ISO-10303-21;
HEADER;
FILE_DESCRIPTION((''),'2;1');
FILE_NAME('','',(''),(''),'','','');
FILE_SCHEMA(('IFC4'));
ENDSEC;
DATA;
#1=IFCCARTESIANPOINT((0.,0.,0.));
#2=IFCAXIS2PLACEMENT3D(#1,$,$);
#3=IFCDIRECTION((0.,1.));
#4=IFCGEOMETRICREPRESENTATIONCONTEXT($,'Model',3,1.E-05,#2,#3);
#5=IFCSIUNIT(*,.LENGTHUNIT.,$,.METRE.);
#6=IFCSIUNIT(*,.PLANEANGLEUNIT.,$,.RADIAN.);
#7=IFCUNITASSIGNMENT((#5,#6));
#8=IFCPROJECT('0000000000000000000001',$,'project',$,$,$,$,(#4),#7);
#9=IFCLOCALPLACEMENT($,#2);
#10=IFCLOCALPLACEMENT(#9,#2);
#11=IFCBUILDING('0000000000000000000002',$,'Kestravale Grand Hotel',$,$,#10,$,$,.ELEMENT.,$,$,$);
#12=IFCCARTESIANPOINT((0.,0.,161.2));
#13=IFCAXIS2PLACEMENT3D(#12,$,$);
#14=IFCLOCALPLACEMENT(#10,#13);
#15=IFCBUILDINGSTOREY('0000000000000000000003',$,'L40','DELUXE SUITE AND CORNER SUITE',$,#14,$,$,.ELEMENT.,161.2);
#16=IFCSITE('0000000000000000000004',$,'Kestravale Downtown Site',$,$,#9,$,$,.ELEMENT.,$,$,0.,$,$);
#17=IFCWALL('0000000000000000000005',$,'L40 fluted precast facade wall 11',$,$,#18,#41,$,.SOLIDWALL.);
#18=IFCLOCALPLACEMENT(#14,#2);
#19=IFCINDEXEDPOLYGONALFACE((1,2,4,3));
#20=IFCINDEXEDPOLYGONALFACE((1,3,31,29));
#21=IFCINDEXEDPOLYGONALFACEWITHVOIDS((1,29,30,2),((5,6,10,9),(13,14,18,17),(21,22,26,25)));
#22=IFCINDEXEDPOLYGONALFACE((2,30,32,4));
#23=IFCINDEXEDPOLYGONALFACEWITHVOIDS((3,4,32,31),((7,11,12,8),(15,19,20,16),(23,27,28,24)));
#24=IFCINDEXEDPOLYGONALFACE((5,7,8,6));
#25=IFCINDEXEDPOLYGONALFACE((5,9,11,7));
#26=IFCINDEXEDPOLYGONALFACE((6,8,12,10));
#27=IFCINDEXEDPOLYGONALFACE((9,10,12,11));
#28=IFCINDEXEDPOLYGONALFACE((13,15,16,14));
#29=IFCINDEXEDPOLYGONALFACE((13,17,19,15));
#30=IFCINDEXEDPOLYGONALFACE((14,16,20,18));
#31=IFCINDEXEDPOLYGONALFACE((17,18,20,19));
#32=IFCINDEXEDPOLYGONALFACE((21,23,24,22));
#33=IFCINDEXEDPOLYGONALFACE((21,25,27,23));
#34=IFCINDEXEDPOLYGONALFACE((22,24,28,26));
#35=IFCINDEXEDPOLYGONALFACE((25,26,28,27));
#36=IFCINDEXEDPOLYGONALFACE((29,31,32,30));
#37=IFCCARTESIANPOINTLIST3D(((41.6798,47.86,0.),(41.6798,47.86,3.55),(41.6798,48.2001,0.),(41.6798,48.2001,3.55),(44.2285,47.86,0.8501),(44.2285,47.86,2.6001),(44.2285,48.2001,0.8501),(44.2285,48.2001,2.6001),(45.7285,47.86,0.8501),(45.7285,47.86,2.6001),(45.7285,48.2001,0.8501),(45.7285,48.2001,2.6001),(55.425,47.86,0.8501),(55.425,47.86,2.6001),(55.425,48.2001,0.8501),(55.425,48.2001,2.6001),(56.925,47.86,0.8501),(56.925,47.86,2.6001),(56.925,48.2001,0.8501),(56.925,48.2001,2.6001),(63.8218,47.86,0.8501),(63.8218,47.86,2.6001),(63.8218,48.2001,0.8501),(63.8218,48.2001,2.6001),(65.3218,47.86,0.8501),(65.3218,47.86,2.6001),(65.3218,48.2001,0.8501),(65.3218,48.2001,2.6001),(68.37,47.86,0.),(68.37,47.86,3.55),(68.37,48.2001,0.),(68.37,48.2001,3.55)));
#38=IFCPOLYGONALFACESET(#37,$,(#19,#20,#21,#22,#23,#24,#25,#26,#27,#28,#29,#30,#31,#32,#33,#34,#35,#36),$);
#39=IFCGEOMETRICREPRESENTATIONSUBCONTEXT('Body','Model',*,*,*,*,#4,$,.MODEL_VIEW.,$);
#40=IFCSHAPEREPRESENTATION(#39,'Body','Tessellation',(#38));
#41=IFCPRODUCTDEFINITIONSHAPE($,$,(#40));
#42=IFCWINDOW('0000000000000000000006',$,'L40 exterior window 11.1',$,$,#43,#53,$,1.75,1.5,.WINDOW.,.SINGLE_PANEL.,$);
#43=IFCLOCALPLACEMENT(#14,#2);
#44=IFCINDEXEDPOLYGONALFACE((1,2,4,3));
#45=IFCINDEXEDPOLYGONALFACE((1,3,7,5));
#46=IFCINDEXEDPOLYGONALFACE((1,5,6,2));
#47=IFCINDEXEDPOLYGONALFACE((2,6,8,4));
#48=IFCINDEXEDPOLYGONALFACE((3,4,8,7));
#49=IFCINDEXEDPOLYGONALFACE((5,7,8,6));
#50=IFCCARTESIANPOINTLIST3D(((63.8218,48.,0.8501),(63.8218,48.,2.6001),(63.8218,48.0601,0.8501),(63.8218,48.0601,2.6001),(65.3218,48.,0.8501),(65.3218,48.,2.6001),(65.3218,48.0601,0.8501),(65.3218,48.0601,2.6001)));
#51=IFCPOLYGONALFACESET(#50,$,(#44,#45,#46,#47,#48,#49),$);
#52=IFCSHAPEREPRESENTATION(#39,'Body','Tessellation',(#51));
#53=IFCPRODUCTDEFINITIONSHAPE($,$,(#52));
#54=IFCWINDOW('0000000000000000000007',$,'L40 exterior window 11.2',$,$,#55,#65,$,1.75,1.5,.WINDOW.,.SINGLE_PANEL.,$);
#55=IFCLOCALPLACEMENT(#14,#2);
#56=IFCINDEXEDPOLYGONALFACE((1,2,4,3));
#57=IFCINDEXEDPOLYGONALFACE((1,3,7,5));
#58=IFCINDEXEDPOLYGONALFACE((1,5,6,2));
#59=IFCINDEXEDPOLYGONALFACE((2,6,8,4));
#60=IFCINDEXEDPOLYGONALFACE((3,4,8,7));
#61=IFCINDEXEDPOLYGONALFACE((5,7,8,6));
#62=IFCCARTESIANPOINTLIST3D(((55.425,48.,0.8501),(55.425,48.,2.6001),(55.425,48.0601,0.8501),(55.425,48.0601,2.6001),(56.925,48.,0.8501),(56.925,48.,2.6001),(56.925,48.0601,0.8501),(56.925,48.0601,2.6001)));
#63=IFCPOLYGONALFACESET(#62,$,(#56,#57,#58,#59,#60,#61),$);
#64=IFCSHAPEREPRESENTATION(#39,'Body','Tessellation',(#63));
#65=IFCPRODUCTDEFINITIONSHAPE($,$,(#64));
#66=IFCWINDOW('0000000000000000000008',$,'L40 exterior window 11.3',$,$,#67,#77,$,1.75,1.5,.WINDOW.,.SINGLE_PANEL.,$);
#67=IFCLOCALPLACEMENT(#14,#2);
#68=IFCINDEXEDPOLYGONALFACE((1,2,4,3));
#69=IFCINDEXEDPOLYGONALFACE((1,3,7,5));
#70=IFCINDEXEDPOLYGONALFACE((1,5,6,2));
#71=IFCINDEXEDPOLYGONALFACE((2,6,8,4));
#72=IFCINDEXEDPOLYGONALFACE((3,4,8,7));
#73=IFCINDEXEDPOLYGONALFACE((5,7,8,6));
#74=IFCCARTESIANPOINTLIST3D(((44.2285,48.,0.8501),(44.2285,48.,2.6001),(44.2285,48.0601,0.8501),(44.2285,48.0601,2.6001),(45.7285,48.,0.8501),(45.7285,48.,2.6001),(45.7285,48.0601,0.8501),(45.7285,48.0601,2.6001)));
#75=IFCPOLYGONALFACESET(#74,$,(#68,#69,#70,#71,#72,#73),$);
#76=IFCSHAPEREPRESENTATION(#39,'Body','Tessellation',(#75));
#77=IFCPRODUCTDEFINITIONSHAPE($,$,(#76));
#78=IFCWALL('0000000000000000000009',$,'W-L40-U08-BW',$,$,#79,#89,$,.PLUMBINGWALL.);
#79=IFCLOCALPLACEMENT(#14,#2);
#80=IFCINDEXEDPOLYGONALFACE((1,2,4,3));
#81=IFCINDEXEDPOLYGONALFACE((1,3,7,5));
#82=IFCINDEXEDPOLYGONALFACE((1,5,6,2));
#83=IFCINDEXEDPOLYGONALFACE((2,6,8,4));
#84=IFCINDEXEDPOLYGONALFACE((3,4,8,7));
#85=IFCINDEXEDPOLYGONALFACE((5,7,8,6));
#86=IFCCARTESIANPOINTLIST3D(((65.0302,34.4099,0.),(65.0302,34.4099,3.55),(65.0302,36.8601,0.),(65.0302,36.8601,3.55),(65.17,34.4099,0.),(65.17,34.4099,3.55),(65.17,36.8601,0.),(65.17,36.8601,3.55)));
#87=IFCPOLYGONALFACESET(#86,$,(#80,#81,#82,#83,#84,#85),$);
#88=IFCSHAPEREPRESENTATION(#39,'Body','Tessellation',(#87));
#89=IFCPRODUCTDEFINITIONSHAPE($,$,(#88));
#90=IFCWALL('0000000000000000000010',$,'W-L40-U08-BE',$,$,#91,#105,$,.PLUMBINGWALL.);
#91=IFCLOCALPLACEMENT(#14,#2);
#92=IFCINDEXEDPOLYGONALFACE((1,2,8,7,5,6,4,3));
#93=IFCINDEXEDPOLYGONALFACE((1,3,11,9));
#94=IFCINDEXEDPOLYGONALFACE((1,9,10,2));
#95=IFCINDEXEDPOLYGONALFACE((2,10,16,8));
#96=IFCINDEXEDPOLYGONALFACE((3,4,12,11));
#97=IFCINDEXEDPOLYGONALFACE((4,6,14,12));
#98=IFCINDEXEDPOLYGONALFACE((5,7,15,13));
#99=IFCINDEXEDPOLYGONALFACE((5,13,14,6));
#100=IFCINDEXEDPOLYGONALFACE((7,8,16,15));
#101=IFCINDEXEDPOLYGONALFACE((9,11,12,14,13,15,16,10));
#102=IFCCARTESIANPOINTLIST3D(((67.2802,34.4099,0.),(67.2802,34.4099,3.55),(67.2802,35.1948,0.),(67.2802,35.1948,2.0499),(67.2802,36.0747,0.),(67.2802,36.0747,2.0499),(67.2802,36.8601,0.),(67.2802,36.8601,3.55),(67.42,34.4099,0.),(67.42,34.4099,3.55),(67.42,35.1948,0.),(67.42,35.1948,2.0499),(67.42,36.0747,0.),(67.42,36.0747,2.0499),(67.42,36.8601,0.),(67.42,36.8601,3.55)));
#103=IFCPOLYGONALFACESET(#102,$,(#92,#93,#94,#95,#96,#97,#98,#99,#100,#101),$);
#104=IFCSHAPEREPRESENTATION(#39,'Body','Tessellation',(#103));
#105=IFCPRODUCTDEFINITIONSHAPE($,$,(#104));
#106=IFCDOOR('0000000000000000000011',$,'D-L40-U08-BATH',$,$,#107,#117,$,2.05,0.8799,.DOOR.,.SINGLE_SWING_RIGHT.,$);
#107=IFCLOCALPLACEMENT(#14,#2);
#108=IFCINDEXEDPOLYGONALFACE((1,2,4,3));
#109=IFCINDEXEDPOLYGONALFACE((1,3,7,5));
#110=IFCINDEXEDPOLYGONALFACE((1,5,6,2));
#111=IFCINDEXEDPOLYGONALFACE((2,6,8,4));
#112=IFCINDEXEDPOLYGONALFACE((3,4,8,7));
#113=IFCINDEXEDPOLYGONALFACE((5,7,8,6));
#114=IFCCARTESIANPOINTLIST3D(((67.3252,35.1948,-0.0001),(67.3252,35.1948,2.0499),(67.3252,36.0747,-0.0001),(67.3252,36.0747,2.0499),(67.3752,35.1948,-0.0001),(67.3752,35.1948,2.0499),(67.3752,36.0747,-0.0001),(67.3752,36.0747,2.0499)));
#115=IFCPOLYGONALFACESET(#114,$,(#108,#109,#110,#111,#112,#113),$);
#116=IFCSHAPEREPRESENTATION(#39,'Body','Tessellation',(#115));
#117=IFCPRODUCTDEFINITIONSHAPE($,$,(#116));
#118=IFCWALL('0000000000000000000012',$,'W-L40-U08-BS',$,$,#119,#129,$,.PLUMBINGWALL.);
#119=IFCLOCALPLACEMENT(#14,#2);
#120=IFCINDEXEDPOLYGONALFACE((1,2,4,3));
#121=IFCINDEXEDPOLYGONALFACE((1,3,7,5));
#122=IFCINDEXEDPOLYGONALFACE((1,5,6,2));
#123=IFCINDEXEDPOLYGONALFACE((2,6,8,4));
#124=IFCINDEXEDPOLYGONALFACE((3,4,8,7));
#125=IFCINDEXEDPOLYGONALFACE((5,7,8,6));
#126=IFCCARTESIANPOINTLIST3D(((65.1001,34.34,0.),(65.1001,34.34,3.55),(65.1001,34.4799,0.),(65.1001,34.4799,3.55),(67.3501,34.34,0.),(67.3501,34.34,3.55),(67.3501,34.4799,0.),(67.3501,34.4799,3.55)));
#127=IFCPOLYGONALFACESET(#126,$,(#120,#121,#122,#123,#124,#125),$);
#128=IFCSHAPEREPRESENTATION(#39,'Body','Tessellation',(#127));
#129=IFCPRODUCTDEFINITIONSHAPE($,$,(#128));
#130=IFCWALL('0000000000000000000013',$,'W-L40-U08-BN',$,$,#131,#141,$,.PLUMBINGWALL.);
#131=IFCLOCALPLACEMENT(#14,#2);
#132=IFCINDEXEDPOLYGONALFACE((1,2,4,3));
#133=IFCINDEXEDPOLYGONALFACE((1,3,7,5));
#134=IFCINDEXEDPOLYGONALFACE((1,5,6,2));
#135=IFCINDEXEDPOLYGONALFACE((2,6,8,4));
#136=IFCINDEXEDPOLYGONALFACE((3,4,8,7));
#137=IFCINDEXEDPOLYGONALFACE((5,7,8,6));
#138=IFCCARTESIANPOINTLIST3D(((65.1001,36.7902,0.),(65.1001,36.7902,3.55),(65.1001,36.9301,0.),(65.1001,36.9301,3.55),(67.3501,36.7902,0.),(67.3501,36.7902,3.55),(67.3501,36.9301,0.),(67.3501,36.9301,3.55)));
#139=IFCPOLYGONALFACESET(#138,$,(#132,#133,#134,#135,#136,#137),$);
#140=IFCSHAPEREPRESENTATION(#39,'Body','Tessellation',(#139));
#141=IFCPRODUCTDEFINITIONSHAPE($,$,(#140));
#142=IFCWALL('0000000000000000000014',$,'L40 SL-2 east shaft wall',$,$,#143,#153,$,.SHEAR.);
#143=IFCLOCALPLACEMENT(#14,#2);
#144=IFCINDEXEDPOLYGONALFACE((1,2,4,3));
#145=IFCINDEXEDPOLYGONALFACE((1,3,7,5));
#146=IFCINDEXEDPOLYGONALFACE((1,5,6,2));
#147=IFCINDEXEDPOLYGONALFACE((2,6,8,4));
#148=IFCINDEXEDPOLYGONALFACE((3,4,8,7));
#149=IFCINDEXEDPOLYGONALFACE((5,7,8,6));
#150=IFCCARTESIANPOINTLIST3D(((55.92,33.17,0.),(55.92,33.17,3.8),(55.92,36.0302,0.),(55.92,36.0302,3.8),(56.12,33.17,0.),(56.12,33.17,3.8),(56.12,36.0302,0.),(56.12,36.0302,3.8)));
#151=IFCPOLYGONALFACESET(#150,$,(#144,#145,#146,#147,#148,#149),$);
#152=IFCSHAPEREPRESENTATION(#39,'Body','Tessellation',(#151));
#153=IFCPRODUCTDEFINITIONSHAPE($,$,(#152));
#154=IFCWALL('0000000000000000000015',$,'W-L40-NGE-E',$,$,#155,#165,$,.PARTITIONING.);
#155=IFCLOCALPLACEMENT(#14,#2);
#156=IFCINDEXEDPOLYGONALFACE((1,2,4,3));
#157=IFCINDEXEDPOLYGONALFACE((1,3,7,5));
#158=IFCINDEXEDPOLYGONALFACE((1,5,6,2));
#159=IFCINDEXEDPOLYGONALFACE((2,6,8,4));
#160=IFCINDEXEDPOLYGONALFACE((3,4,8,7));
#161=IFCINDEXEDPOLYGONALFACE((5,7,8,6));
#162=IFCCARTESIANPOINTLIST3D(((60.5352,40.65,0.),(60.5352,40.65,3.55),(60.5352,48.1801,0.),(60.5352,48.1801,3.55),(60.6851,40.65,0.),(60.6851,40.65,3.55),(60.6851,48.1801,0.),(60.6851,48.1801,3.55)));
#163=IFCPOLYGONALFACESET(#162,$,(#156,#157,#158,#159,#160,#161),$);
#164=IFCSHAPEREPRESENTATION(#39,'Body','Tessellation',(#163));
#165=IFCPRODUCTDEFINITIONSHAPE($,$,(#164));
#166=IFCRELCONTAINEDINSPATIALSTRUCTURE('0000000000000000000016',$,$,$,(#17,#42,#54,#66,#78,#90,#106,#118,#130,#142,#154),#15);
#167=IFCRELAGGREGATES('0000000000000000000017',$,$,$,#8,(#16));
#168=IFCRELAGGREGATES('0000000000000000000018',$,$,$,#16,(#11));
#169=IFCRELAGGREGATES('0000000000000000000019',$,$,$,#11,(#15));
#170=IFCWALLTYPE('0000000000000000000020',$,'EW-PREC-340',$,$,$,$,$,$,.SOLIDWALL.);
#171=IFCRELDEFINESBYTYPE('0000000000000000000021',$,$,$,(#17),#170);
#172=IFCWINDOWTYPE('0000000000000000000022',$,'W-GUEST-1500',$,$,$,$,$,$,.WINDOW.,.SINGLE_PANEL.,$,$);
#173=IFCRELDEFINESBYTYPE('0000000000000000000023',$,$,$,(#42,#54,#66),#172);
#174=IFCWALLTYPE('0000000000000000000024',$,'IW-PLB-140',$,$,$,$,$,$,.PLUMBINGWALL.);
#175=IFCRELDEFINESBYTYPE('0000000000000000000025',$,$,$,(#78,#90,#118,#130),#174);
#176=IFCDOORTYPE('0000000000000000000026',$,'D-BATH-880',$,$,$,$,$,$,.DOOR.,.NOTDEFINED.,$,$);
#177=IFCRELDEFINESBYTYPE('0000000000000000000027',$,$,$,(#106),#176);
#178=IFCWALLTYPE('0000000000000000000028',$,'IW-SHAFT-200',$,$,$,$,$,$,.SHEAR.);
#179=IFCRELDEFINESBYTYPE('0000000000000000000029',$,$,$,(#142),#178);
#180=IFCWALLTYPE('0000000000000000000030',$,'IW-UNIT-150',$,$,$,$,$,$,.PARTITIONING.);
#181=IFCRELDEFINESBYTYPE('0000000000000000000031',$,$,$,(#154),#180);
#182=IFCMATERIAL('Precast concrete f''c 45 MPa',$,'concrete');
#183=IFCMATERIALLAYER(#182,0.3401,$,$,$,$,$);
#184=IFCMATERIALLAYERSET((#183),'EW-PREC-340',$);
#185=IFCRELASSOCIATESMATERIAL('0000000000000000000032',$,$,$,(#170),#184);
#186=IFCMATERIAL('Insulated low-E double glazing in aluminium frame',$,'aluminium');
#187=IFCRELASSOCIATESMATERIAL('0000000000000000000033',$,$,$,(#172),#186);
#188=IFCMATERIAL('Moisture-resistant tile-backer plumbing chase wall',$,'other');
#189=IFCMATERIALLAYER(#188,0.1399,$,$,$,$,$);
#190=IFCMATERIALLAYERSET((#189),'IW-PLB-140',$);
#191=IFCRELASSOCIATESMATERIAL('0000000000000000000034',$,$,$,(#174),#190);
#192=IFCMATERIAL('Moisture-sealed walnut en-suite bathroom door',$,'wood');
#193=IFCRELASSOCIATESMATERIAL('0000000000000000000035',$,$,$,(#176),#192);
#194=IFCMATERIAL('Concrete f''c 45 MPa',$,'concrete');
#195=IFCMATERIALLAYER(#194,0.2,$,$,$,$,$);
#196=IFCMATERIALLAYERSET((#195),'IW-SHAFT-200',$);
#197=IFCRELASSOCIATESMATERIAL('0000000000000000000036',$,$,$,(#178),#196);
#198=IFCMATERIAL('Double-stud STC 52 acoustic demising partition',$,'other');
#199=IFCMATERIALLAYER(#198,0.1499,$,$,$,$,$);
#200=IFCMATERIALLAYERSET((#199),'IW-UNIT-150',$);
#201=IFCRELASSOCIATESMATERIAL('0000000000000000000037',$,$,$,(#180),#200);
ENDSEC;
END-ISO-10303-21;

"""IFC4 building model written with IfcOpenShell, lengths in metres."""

from ifc_helpers import new_model, si_unit, direction, frame, frame_2d, origin, place, context, subcontext, project, spatial, rectangle, extrude, material, layer, layer_set, type_object, element, fill, save


model = new_model("IFC4")

# Units and contexts
model_context = context("Model", 3, precision=1e-05, world=origin(), true_north=direction((0.0, 1.0)))
body_context = subcontext(model_context, "Body", "Model", "MODEL_VIEW")
ifc_project = project(units=[si_unit("LENGTHUNIT", "METRE"), si_unit("PLANEANGLEUNIT", "RADIAN")], contexts=[model_context])

# Site, building, storey
site_placement = place(None, origin())
site = spatial("IfcSite", under=ifc_project, at=site_placement, Name="Kestravale Downtown Site", CompositionType="ELEMENT", RefElevation=0.0)
building_placement = place(site_placement, origin())
building = spatial("IfcBuilding", under=site, at=building_placement, Name="Kestravale Grand Hotel", CompositionType="ELEMENT")
storey_placement = place(building_placement, frame((0.0, 0.0, 161.2)))
storey = spatial("IfcBuildingStorey", under=building, at=storey_placement, Name="L40", Description="DELUXE SUITE AND CORNER SUITE", CompositionType="ELEMENT", Elevation=161.2)

# Shared definitions
ifc_material_1 = material(Name="Precast concrete f'c 45 MPa", Category="concrete")
ifc_layer_1 = layer(ifc_material_1, 0.3401)
ifc_layer_set_1 = layer_set([ifc_layer_1], Name="EW-PREC-340")
wall_type_1 = type_object("IfcWallType", Name="EW-PREC-340", PredefinedType="SOLIDWALL", material=ifc_layer_set_1)
ifc_material_2 = material(Name="Insulated low-E double glazing in aluminium frame", Category="aluminium")
window_type = type_object("IfcWindowType", Name="W-GUEST-1500", PartitioningType="SINGLE_PANEL", PredefinedType="WINDOW", material=ifc_material_2)

# Wall, openings, windows
wall_1_placement = place(storey_placement, frame((68.3701, 48.03, 0.0), z_axis=(0.0, 0.0, 1.0), x_axis=(-1.0, 0.0, 0.0)))
wall_1 = element("IfcWall", 1, at=wall_1_placement, inside=storey, type_object=wall_type_1, Name="L40 fluted precast facade wall 11", PredefinedType="SOLIDWALL", context=body_context, shape_type="SweptSolid", body=[
    extrude(rectangle(XDim=26.6902, YDim=0.3401, at=frame_2d((13.3452, 0.0))), origin(), (0.0, 0.0, 1.0), 3.55),
])
opening_1_placement = place(wall_1_placement, frame((3.0483, 0.0, 0.8501)))
opening_1 = element("IfcOpeningElement", 2, at=opening_1_placement, cuts=wall_1, PredefinedType="OPENING", context=body_context, shape_type="SweptSolid", body=[
    extrude(rectangle(XDim=1.5, YDim=1.75, at=frame_2d((0.75, 0.875))), frame((0.0, 0.1799, 0.0), z_axis=(0.0, -1.0, 0.0), x_axis=(1.0, 0.0, 0.0)), (0.0, 0.0, 1.0), 0.3601),
])
opening_2_placement = place(wall_1_placement, frame((11.4451, 0.0, 0.8501)))
opening_2 = element("IfcOpeningElement", 3, at=opening_2_placement, cuts=wall_1, PredefinedType="OPENING", context=body_context, shape_type="SweptSolid", body=[
    extrude(rectangle(XDim=1.5, YDim=1.75, at=frame_2d((0.75, 0.875))), frame((0.0, 0.1799, 0.0), z_axis=(0.0, -1.0, 0.0), x_axis=(1.0, 0.0, 0.0)), (0.0, 0.0, 1.0), 0.3601),
])
opening_3_placement = place(wall_1_placement, frame((22.6416, 0.0, 0.8501)))
opening_3 = element("IfcOpeningElement", 4, at=opening_3_placement, cuts=wall_1, PredefinedType="OPENING", context=body_context, shape_type="SweptSolid", body=[
    extrude(rectangle(XDim=1.5, YDim=1.75, at=frame_2d((0.75, 0.875))), frame((0.0, 0.1799, 0.0), z_axis=(0.0, -1.0, 0.0), x_axis=(1.0, 0.0, 0.0)), (0.0, 0.0, 1.0), 0.3601),
])
window_1_placement = place(opening_1_placement, origin())
window_1 = element("IfcWindow", 5, at=window_1_placement, inside=storey, type_object=window_type, Name="L40 exterior window 11.1", OverallHeight=1.75, OverallWidth=1.5, PartitioningType="SINGLE_PANEL", PredefinedType="WINDOW", context=body_context, shape_type="SweptSolid", body=[
    extrude(rectangle(XDim=1.5, YDim=1.75, at=frame_2d((0.75, 0.875))), frame((0.0, 0.03, 0.0), z_axis=(0.0, -1.0, 0.0), x_axis=(1.0, 0.0, 0.0)), (0.0, 0.0, 1.0), 0.0601),
])
fill(opening_1, window_1)
window_2_placement = place(opening_2_placement, origin())
window_2 = element("IfcWindow", 6, at=window_2_placement, inside=storey, type_object=window_type, Name="L40 exterior window 11.2", OverallHeight=1.75, OverallWidth=1.5, PartitioningType="SINGLE_PANEL", PredefinedType="WINDOW", context=body_context, shape_type="SweptSolid", body=[
    extrude(rectangle(XDim=1.5, YDim=1.75, at=frame_2d((0.75, 0.875))), frame((0.0, 0.03, 0.0), z_axis=(0.0, -1.0, 0.0), x_axis=(1.0, 0.0, 0.0)), (0.0, 0.0, 1.0), 0.0601),
])
fill(opening_2, window_2)
window_3_placement = place(opening_3_placement, origin())
window_3 = element("IfcWindow", 7, at=window_3_placement, inside=storey, type_object=window_type, Name="L40 exterior window 11.3", OverallHeight=1.75, OverallWidth=1.5, PartitioningType="SINGLE_PANEL", PredefinedType="WINDOW", context=body_context, shape_type="SweptSolid", body=[
    extrude(rectangle(XDim=1.5, YDim=1.75, at=frame_2d((0.75, 0.875))), frame((0.0, 0.03, 0.0), z_axis=(0.0, -1.0, 0.0), x_axis=(1.0, 0.0, 0.0)), (0.0, 0.0, 1.0), 0.0601),
])
fill(opening_3, window_3)

# Wall
ifc_material_3 = material(Name="Moisture-resistant tile-backer plumbing chase wall", Category="other")
ifc_layer_2 = layer(ifc_material_3, 0.1399)
ifc_layer_set_2 = layer_set([ifc_layer_2], Name="IW-PLB-140")
wall_type_2 = type_object("IfcWallType", Name="IW-PLB-140", PredefinedType="PLUMBINGWALL", material=ifc_layer_set_2)
wall_2_placement = place(storey_placement, frame((65.1001, 34.4099, 0.0), z_axis=(0.0, 0.0, 1.0), x_axis=(0.0, 1.0, 0.0)))
element("IfcWall", 8, at=wall_2_placement, inside=storey, type_object=wall_type_2, Name="W-L40-U08-BW", PredefinedType="PLUMBINGWALL", context=body_context, shape_type="SweptSolid", body=[
    extrude(rectangle(XDim=2.4502, YDim=0.1399, at=frame_2d((1.2251, 0.0))), origin(), (0.0, 0.0, 1.0), 3.55),
])

# Wall, opening, door
wall_3_placement = place(storey_placement, frame((67.3501, 34.4099, 0.0), z_axis=(0.0, 0.0, 1.0), x_axis=(0.0, 1.0, 0.0)))
wall_3 = element("IfcWall", 9, at=wall_3_placement, inside=storey, type_object=wall_type_2, Name="W-L40-U08-BE", PredefinedType="PLUMBINGWALL", context=body_context, shape_type="SweptSolid", body=[
    extrude(rectangle(XDim=2.4502, YDim=0.1399, at=frame_2d((1.2251, 0.0))), origin(), (0.0, 0.0, 1.0), 3.55),
])
opening_4_placement = place(wall_3_placement, frame((0.7849, 0.0, 0.0)))
opening_4 = element("IfcOpeningElement", 10, at=opening_4_placement, cuts=wall_3, PredefinedType="OPENING", context=body_context, shape_type="SweptSolid", body=[
    extrude(rectangle(XDim=0.8799, YDim=2.05, at=frame_2d((0.4399, 1.0249))), frame((0.0, 0.0798, 0.0), z_axis=(0.0, -1.0, 0.0), x_axis=(1.0, 0.0, 0.0)), (0.0, 0.0, 1.0), 0.1599),
])
ifc_material_4 = material(Name="Moisture-sealed walnut en-suite bathroom door", Category="wood")
door_type_1 = type_object("IfcDoorType", Name="D-BATH-880", OperationType="NOTDEFINED", PredefinedType="DOOR", material=ifc_material_4)
door_1_placement = place(opening_4_placement, origin())
door_1 = element("IfcDoor", 11, at=door_1_placement, inside=storey, type_object=door_type_1, Name="D-L40-U08-BATH", OperationType="SINGLE_SWING_RIGHT", OverallHeight=2.05, OverallWidth=0.8799, PredefinedType="DOOR", context=body_context, shape_type="SweptSolid", body=[
    extrude(rectangle(XDim=0.8799, YDim=2.05, at=frame_2d((0.4399, 1.0249))), frame((0.0, 0.0249, 0.0), z_axis=(0.0, -1.0, 0.0), x_axis=(1.0, 0.0, 0.0)), (0.0, 0.0, 1.0), 0.05),
])
fill(opening_4, door_1)

# Walls
for number, where, z_axis, x_axis, name in (
    (12, (65.1001, 34.4099, 0.0), (0.0, 0.0, 1.0), (1.0, 0.0, 0.0), "W-L40-U08-BS"),
    (13, (65.1001, 36.8601, 0.0), (0.0, 0.0, 1.0), (1.0, 0.0, 0.0), "W-L40-U08-BN"),
):
    element("IfcWall", number, at=place(storey_placement, frame(where, z_axis=z_axis, x_axis=x_axis)), inside=storey, type_object=wall_type_2, Name=name, PredefinedType="PLUMBINGWALL", context=body_context, shape_type="SweptSolid", body=[
        extrude(rectangle(XDim=2.25, YDim=0.1399, at=frame_2d((1.125, 0.0))), origin(), (0.0, 0.0, 1.0), 3.55),
    ])
ifc_material_5 = material(Name="Concrete f'c 45 MPa", Category="concrete")
ifc_layer_3 = layer(ifc_material_5, 0.2)
ifc_layer_set_3 = layer_set([ifc_layer_3], Name="IW-SHAFT-200")
wall_type_3 = type_object("IfcWallType", Name="IW-SHAFT-200", PredefinedType="SHEAR", material=ifc_layer_set_3)
wall_4_placement = place(storey_placement, frame((56.02, 33.1699, 0.0), z_axis=(0.0, 0.0, 1.0), x_axis=(0.0, 1.0, 0.0)))
element("IfcWall", 14, at=wall_4_placement, inside=storey, type_object=wall_type_3, Name="L40 SL-2 east shaft wall", PredefinedType="SHEAR", context=body_context, shape_type="SweptSolid", body=[
    extrude(rectangle(XDim=2.8601, YDim=0.2, at=frame_2d((1.4302, 0.0))), origin(), (0.0, 0.0, 1.0), 3.8),
])

# Shared definitions
ifc_material_6 = material(Name="Double-stud STC 52 acoustic demising partition", Category="other")
ifc_layer_4 = layer(ifc_material_6, 0.1499)
ifc_layer_set_4 = layer_set([ifc_layer_4], Name="IW-UNIT-150")
wall_type_4 = type_object("IfcWallType", Name="IW-UNIT-150", PredefinedType="PARTITIONING", material=ifc_layer_set_4)

# Wall
wall_5_placement = place(storey_placement, frame((60.6101, 40.6499, 0.0), z_axis=(0.0, 0.0, 1.0), x_axis=(0.0, 1.0, 0.0)))
element("IfcWall", 15, at=wall_5_placement, inside=storey, type_object=wall_type_4, Name="W-L40-NGE-E", PredefinedType="PARTITIONING", context=body_context, shape_type="SweptSolid", body=[
    extrude(rectangle(XDim=7.53, YDim=0.1499, at=frame_2d((3.7651, 0.0))), origin(), (0.0, 0.0, 1.0), 3.55),
])

save(model, "model.ifc")
